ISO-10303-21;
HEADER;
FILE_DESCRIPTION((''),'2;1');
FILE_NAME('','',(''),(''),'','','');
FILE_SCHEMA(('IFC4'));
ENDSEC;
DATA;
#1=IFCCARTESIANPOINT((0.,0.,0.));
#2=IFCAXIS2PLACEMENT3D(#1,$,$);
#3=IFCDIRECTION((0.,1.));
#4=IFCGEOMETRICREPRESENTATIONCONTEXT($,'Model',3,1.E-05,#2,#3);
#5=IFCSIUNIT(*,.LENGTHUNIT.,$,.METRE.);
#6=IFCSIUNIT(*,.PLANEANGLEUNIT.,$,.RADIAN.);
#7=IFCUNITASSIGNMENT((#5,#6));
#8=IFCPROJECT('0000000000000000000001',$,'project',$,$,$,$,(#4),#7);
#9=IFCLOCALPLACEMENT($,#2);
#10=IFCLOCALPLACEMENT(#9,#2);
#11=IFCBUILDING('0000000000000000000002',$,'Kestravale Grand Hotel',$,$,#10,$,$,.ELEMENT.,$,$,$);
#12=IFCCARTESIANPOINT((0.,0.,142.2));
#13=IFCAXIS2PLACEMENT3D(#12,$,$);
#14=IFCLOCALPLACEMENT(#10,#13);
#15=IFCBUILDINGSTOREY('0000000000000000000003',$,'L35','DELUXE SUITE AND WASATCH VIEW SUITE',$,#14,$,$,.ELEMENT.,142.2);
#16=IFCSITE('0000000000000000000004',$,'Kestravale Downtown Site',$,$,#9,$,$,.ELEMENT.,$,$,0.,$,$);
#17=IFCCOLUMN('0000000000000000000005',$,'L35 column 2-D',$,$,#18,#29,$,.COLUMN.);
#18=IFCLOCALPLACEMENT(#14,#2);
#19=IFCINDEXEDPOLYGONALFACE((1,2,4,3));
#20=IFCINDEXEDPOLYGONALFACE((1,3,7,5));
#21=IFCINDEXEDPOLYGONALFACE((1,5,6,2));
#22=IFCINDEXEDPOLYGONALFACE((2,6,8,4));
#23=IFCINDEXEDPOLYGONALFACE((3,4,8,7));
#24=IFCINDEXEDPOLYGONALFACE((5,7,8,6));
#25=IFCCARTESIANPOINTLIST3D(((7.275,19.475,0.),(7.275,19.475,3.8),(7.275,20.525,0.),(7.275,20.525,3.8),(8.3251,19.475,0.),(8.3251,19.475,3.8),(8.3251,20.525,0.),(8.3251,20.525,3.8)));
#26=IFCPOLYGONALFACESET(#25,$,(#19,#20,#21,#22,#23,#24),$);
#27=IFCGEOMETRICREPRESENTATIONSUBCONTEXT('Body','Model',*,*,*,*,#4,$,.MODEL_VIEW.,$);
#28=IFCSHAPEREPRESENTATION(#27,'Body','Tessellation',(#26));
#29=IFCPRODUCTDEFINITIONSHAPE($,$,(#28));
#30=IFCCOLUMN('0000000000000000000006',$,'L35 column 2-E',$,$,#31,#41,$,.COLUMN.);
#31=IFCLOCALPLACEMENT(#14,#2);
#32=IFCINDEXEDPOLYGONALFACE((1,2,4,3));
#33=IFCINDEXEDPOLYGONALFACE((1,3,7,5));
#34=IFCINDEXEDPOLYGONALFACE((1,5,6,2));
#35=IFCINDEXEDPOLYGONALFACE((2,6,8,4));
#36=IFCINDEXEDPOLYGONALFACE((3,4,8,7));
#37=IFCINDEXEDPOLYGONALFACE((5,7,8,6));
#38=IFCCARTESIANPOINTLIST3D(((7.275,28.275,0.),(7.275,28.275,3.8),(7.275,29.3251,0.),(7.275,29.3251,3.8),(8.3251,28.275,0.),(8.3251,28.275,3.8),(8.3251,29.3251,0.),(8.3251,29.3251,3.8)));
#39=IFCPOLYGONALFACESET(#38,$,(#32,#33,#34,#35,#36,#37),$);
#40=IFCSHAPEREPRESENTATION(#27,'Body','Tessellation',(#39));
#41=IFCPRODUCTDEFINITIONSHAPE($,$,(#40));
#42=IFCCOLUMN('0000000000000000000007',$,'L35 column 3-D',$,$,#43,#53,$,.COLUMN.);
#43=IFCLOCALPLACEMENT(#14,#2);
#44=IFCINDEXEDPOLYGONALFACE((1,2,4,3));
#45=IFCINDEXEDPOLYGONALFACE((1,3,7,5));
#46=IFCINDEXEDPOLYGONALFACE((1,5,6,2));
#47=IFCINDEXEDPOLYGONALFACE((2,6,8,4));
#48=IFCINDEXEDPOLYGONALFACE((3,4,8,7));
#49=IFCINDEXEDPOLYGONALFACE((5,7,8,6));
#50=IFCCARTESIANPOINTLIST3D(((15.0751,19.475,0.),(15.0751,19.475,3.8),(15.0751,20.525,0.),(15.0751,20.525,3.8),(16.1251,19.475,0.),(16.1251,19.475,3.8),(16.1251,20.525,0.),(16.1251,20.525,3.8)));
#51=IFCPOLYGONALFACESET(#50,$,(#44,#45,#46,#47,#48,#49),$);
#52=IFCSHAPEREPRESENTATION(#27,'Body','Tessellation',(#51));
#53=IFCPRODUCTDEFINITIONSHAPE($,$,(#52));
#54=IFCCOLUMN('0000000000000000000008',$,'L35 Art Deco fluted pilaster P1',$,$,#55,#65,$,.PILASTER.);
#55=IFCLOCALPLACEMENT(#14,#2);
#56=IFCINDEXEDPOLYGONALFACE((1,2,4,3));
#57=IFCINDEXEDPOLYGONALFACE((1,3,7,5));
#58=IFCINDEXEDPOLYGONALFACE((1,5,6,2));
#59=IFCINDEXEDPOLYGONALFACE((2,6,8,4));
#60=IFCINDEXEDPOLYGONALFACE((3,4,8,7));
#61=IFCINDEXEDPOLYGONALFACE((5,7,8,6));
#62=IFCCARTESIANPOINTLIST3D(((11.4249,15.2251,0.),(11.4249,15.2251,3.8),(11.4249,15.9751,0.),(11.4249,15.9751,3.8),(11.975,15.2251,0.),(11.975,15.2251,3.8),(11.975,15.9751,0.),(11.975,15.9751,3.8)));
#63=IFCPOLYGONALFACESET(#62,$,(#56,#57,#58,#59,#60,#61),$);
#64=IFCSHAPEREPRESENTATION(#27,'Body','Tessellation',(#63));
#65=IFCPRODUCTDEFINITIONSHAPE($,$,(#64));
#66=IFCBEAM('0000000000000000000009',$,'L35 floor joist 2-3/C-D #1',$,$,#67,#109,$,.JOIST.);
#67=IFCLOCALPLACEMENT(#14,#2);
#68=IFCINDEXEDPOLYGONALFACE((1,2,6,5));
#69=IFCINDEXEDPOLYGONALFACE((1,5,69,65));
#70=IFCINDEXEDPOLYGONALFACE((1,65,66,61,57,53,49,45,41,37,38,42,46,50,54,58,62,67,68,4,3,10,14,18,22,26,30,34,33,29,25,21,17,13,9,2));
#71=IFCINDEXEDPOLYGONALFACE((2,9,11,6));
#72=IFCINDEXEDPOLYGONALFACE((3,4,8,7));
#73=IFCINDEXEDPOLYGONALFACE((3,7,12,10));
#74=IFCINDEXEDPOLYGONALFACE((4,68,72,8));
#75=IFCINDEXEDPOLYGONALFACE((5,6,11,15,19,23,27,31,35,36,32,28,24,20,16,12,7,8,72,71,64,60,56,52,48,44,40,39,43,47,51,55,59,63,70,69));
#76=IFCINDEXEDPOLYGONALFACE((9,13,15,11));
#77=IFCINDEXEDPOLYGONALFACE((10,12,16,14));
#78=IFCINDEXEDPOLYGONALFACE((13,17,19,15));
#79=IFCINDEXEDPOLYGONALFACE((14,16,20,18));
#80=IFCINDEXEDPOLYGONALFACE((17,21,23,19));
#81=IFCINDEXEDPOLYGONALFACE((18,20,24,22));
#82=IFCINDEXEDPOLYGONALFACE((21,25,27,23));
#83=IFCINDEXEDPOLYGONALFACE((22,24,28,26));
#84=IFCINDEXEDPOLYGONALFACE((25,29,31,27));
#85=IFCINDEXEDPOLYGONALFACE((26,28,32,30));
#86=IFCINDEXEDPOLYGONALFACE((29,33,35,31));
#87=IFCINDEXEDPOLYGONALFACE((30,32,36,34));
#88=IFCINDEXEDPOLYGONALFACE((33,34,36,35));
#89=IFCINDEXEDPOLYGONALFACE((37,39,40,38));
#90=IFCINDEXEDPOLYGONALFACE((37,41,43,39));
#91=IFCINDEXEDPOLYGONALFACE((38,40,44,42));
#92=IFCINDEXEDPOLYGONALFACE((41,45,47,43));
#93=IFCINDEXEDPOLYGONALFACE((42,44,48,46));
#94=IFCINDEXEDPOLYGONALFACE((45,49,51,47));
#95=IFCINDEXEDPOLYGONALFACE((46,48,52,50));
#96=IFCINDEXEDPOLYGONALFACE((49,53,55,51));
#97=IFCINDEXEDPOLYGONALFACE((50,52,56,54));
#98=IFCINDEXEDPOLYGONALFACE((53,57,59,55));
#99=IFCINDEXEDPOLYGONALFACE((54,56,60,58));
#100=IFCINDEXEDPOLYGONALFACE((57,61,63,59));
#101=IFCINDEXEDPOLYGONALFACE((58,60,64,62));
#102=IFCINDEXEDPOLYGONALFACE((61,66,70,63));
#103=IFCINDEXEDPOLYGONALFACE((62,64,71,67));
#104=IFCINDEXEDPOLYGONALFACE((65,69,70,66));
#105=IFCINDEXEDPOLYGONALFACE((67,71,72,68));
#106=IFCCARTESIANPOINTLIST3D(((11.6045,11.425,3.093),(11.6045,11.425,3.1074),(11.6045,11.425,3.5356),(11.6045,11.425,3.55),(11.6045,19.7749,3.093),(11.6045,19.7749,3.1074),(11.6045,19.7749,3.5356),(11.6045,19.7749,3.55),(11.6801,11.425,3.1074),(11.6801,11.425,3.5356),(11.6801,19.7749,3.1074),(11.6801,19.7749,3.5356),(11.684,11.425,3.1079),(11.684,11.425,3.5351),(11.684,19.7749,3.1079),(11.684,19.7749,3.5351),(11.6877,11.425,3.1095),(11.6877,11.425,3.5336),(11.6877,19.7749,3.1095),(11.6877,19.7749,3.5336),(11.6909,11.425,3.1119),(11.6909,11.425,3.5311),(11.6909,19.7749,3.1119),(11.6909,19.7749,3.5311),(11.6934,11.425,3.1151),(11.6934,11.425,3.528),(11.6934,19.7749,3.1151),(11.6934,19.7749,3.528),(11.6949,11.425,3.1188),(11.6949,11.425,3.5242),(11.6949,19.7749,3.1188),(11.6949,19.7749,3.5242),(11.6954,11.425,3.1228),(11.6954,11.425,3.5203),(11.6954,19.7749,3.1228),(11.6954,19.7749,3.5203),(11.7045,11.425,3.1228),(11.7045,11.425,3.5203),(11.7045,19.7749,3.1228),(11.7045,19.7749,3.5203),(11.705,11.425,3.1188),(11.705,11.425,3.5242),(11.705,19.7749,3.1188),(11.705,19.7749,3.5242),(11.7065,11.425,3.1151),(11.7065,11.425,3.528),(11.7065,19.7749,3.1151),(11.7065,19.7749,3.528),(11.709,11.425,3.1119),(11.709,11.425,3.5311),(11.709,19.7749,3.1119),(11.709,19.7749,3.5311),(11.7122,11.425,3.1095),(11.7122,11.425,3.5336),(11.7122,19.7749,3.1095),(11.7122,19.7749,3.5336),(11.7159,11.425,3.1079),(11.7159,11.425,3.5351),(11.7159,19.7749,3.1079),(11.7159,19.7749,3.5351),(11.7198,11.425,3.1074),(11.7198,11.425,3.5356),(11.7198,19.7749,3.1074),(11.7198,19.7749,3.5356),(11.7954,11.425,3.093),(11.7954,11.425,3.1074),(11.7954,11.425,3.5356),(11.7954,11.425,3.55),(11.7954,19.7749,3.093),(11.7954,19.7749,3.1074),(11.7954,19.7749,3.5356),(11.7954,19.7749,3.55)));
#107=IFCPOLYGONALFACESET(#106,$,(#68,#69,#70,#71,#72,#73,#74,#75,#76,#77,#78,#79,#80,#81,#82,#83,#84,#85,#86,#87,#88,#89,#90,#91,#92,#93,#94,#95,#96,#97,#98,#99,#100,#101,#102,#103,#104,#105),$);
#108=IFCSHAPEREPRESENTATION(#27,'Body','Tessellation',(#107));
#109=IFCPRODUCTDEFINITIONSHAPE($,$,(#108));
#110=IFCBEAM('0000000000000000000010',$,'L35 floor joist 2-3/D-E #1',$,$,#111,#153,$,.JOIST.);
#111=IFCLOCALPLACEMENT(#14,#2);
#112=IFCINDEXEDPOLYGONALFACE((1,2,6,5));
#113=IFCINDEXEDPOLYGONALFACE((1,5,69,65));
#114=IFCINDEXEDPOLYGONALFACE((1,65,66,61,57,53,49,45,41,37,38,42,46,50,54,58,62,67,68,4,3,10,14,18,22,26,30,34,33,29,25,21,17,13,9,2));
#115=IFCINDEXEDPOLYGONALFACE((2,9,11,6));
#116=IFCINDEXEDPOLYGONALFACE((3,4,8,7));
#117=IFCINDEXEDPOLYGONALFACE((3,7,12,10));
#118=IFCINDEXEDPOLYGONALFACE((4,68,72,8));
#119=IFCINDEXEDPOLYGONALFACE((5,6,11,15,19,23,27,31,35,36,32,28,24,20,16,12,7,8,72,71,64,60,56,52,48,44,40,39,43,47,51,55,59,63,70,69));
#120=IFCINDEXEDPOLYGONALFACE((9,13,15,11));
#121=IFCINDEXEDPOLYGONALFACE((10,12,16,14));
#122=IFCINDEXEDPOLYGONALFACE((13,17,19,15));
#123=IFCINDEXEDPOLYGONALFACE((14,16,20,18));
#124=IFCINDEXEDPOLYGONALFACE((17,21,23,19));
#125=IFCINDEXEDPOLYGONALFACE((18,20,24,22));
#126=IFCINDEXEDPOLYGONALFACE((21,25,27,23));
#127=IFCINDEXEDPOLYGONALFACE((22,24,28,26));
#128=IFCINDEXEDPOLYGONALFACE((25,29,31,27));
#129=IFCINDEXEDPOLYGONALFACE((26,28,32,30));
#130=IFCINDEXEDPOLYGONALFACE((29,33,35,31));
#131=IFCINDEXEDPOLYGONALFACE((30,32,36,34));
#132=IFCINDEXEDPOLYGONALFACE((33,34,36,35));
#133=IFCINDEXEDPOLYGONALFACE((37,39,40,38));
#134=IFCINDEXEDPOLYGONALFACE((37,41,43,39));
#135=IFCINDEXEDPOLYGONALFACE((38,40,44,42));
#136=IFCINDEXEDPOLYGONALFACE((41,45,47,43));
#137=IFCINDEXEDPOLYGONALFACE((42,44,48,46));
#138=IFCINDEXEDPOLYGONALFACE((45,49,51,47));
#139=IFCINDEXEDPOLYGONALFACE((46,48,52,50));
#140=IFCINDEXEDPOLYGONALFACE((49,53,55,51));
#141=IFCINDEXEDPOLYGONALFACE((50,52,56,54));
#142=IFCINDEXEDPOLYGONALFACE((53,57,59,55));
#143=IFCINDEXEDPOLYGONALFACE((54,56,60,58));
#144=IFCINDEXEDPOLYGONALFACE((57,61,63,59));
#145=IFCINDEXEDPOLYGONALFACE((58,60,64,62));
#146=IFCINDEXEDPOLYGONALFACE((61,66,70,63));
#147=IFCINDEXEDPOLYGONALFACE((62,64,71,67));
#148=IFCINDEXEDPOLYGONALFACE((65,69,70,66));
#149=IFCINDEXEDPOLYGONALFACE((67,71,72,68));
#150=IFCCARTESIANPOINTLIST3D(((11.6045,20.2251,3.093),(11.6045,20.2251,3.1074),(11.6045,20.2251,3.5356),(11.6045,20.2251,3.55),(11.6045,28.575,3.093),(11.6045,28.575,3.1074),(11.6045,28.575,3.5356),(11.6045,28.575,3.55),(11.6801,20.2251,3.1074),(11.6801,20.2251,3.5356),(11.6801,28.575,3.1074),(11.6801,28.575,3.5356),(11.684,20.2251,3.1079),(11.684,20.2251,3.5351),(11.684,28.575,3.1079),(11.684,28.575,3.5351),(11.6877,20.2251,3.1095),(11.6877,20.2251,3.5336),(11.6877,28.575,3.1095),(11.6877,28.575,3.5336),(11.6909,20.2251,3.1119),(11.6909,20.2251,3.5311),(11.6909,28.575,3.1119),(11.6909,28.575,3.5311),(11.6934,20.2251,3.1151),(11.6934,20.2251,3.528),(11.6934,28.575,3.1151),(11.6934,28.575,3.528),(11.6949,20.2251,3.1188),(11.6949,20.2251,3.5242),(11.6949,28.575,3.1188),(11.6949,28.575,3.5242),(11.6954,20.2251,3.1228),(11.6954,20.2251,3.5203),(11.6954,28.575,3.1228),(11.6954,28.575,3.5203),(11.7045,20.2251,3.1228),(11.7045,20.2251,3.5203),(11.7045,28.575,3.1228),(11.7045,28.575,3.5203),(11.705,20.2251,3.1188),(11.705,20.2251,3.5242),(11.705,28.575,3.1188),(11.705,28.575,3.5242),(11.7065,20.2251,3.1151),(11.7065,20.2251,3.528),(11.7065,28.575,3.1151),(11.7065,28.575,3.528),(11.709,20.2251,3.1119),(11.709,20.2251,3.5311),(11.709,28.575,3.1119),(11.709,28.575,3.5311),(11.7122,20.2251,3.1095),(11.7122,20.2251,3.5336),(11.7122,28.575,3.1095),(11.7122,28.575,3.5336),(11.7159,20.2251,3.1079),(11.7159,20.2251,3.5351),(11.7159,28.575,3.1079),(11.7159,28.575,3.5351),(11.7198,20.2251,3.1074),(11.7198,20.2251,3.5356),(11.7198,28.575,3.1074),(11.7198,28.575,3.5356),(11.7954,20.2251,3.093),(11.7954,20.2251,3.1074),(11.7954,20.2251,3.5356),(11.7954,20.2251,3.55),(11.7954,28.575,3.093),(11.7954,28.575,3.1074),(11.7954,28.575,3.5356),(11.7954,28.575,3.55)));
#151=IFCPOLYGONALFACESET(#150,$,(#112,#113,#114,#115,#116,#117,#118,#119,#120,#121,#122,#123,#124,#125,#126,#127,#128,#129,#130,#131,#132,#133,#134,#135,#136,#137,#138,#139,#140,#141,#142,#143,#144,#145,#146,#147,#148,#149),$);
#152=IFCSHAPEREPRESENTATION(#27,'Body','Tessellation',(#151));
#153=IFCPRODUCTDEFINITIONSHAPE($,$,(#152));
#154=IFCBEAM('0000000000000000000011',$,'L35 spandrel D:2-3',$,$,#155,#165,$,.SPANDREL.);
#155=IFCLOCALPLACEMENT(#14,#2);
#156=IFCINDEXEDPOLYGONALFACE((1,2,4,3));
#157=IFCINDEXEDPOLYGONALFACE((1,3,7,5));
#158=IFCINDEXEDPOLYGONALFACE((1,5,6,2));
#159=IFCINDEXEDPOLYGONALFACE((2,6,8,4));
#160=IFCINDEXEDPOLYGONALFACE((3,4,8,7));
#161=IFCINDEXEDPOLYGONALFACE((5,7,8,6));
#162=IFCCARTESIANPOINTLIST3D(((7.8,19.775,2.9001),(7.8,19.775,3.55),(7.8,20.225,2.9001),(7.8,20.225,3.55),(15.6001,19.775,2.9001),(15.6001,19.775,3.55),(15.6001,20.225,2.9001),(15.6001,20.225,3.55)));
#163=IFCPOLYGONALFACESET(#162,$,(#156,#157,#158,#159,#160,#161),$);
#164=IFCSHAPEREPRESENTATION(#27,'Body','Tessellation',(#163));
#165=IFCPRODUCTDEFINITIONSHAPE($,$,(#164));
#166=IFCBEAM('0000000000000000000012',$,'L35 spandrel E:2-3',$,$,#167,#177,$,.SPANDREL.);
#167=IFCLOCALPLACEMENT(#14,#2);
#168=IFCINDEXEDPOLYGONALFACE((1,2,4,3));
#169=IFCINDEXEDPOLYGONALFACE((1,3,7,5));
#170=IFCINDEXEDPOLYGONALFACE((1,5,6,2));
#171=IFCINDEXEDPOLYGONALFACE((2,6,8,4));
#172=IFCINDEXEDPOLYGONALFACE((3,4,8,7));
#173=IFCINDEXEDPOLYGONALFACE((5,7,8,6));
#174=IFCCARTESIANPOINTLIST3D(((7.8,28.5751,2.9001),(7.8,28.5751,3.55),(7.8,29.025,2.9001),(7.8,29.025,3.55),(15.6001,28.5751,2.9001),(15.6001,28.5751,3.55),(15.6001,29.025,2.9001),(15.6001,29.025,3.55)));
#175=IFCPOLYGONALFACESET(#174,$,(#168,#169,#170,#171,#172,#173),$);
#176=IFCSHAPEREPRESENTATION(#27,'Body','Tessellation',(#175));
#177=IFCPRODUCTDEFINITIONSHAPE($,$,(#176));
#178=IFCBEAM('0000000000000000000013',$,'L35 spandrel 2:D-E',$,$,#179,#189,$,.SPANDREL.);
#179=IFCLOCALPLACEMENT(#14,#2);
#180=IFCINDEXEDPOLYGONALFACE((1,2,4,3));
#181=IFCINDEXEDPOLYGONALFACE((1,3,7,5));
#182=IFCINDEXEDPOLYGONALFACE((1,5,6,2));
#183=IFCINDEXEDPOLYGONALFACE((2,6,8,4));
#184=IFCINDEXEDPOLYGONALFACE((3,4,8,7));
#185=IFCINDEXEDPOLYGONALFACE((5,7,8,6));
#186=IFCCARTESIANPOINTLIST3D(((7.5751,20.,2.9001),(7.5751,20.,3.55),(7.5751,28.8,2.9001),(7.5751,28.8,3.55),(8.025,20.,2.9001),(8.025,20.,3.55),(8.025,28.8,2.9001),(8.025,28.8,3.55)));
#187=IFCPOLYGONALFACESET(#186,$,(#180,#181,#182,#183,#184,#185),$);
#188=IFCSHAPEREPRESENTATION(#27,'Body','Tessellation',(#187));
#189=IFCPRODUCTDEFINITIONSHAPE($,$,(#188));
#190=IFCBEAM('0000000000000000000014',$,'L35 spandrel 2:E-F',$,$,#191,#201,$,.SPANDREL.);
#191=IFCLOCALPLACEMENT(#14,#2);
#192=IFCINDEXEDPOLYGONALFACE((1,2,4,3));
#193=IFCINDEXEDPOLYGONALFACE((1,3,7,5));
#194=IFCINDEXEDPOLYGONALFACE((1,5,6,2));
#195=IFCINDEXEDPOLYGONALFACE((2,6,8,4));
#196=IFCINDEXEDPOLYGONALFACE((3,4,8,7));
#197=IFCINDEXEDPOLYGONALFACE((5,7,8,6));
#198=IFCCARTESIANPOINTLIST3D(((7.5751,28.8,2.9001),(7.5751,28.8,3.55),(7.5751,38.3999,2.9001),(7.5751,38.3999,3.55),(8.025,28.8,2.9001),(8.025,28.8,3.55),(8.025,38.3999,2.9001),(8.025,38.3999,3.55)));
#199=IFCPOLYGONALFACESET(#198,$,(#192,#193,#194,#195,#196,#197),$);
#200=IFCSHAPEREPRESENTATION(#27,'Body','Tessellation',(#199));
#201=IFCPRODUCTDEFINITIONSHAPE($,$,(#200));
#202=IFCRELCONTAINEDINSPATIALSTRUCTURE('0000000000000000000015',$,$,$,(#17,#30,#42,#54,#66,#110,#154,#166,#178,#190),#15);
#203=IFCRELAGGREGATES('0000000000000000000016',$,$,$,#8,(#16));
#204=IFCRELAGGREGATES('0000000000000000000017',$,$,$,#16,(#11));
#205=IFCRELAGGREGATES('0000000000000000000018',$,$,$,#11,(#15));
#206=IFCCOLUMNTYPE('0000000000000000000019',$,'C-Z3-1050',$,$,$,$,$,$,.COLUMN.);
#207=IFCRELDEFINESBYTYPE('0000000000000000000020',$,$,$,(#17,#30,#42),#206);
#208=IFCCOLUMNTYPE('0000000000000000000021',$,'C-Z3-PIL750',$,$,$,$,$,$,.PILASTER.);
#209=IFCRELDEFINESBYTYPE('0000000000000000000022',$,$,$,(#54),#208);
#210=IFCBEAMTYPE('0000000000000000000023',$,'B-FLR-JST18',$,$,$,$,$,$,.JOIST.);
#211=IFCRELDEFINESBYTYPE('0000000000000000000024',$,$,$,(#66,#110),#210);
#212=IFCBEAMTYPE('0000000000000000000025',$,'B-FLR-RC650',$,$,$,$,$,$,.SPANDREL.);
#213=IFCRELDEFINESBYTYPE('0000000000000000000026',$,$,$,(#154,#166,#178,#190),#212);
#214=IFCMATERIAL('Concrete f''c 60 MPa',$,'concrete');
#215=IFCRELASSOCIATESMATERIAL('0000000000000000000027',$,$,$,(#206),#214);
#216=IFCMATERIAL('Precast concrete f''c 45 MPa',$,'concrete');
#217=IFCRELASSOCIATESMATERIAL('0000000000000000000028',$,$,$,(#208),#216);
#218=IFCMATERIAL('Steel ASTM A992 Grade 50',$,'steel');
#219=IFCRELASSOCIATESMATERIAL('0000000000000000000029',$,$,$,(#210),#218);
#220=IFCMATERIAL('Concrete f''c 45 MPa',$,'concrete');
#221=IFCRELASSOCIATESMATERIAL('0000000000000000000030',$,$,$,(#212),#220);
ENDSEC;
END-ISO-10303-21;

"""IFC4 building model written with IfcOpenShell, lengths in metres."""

from ifc_helpers import new_model, si_unit, direction, frame, origin, origin_2d, place, context, subcontext, project, spatial, rectangle, i_section, extrude, material, material_profile, profile_set, type_object, element, save


model = new_model("IFC4")

# Units and contexts
model_context = context("Model", 3, precision=1e-05, world=origin(), true_north=direction((0.0, 1.0)))
body_context = subcontext(model_context, "Body", "Model", "MODEL_VIEW")
ifc_project = project(units=[si_unit("LENGTHUNIT", "METRE"), si_unit("PLANEANGLEUNIT", "RADIAN")], contexts=[model_context])

# Site, building, storey
site_placement = place(None, origin())
site = spatial("IfcSite", under=ifc_project, at=site_placement, Name="Kestravale Downtown Site", CompositionType="ELEMENT", RefElevation=0.0)
building_placement = place(site_placement, origin())
building = spatial("IfcBuilding", under=site, at=building_placement, Name="Kestravale Grand Hotel", CompositionType="ELEMENT")
storey_placement = place(building_placement, frame((0.0, 0.0, 142.2)))
storey = spatial("IfcBuildingStorey", under=building, at=storey_placement, Name="L35", Description="DELUXE SUITE AND WASATCH VIEW SUITE", CompositionType="ELEMENT", Elevation=142.2)

# Columns
ifc_material_1 = material(Name="Concrete f'c 60 MPa", Category="concrete")
ifc_material_profile_1 = material_profile(ifc_material_1, rectangle(XDim=1.05, YDim=1.05, at=origin_2d()))
ifc_profile_set_1 = profile_set([ifc_material_profile_1], Name="Concrete f'c 60 MPa")
column_type_1 = type_object("IfcColumnType", Name="C-Z3-1050", PredefinedType="COLUMN", material=ifc_profile_set_1)
for number, where, z_axis, x_axis, name in (
    (1, (7.8, 20.0, 0.0), (0.0, 0.0, 1.0), (1.0, 0.0, 0.0), "L35 column 2-D"),
    (2, (7.8, 28.8, 0.0), (0.0, 0.0, 1.0), (1.0, 0.0, 0.0), "L35 column 2-E"),
    (3, (15.6001, 20.0, 0.0), (0.0, 0.0, 1.0), (1.0, 0.0, 0.0), "L35 column 3-D"),
):
    element("IfcColumn", number, at=place(storey_placement, frame(where, z_axis=z_axis, x_axis=x_axis)), inside=storey, type_object=column_type_1, Name=name, PredefinedType="COLUMN", context=body_context, shape_type="SweptSolid", body=[
        extrude(rectangle(XDim=1.05, YDim=1.05, at=origin_2d()), origin(), (0.0, 0.0, 1.0), 3.8),
    ])
ifc_material_2 = material(Name="Precast concrete f'c 45 MPa", Category="concrete")
ifc_material_profile_2 = material_profile(ifc_material_2, rectangle(XDim=0.55, YDim=0.75, at=origin_2d()))
ifc_profile_set_2 = profile_set([ifc_material_profile_2], Name="Precast concrete f'c 45 MPa")
column_type_2 = type_object("IfcColumnType", Name="C-Z3-PIL750", PredefinedType="PILASTER", material=ifc_profile_set_2)
column_placement = place(storey_placement, frame((11.7, 15.6001, 0.0), z_axis=(0.0, 0.0, 1.0), x_axis=(1.0, 0.0, 0.0)))
element("IfcColumn", 4, at=column_placement, inside=storey, type_object=column_type_2, Name="L35 Art Deco fluted pilaster P1", PredefinedType="PILASTER", context=body_context, shape_type="SweptSolid", body=[
    extrude(rectangle(XDim=0.55, YDim=0.75, at=origin_2d()), origin(), (0.0, 0.0, 1.0), 3.8),
])

# Beams
ifc_material_3 = material(Name="Steel ASTM A992 Grade 50", Category="steel")
ifc_material_profile_3 = material_profile(ifc_material_3, i_section(OverallWidth=0.1909, OverallDepth=0.457, WebThickness=0.009, FlangeThickness=0.0144, FilletRadius=0.0154, at=origin_2d()))
ifc_profile_set_3 = profile_set([ifc_material_profile_3], Name="Steel ASTM A992 Grade 50")
beam_type_1 = type_object("IfcBeamType", Name="B-FLR-JST18", PredefinedType="JOIST", material=ifc_profile_set_3)
for number, where, z_axis, x_axis, name in (
    (5, (11.7, 11.425, 3.3215), (0.0, 1.0, 0.0), (-1.0, 0.0, 0.0), "L35 floor joist 2-3/C-D #1"),
    (6, (11.7, 20.2251, 3.3215), (0.0, 1.0, 0.0), (-1.0, 0.0, 0.0), "L35 floor joist 2-3/D-E #1"),
):
    element("IfcBeam", number, at=place(storey_placement, frame(where, z_axis=z_axis, x_axis=x_axis)), inside=storey, type_object=beam_type_1, Name=name, PredefinedType="JOIST", context=body_context, shape_type="SweptSolid", body=[
        extrude(i_section(OverallWidth=0.1909, OverallDepth=0.457, WebThickness=0.009, FlangeThickness=0.0144, FilletRadius=0.0154, at=origin_2d()), origin(), (0.0, 0.0, 1.0), 8.3499),
    ])
ifc_material_4 = material(Name="Concrete f'c 45 MPa", Category="concrete")
ifc_material_profile_4 = material_profile(ifc_material_4, rectangle(XDim=0.45, YDim=0.6499, at=origin_2d()))
ifc_profile_set_4 = profile_set([ifc_material_profile_4], Name="Concrete f'c 45 MPa")
beam_type_2 = type_object("IfcBeamType", Name="B-FLR-RC650", PredefinedType="SPANDREL", material=ifc_profile_set_4)
for number, where, z_axis, x_axis, name in (
    (7, (7.8, 20.0, 3.2251), (1.0, 0.0, 0.0), (0.0, 1.0, 0.0), "L35 spandrel D:2-3"),
    (8, (7.8, 28.8, 3.2251), (1.0, 0.0, 0.0), (0.0, 1.0, 0.0), "L35 spandrel E:2-3"),
):
    element("IfcBeam", number, at=place(storey_placement, frame(where, z_axis=z_axis, x_axis=x_axis)), inside=storey, type_object=beam_type_2, Name=name, PredefinedType="SPANDREL", context=body_context, shape_type="SweptSolid", body=[
        extrude(rectangle(XDim=0.45, YDim=0.6499, at=origin_2d()), origin(), (0.0, 0.0, 1.0), 7.8),
    ])
beam_1_placement = place(storey_placement, frame((7.8, 20.0, 3.2251), z_axis=(0.0, 1.0, 0.0), x_axis=(-1.0, 0.0, 0.0)))
element("IfcBeam", 9, at=beam_1_placement, inside=storey, type_object=beam_type_2, Name="L35 spandrel 2:D-E", PredefinedType="SPANDREL", context=body_context, shape_type="SweptSolid", body=[
    extrude(rectangle(XDim=0.45, YDim=0.6499, at=origin_2d()), origin(), (0.0, 0.0, 1.0), 8.8),
])
beam_2_placement = place(storey_placement, frame((7.8, 28.8, 3.2251), z_axis=(0.0, 1.0, 0.0), x_axis=(-1.0, 0.0, 0.0)))
element("IfcBeam", 10, at=beam_2_placement, inside=storey, type_object=beam_type_2, Name="L35 spandrel 2:E-F", PredefinedType="SPANDREL", context=body_context, shape_type="SweptSolid", body=[
    extrude(rectangle(XDim=0.45, YDim=0.6499, at=origin_2d()), origin(), (0.0, 0.0, 1.0), 9.5999),
])

save(model, "model.ifc")
